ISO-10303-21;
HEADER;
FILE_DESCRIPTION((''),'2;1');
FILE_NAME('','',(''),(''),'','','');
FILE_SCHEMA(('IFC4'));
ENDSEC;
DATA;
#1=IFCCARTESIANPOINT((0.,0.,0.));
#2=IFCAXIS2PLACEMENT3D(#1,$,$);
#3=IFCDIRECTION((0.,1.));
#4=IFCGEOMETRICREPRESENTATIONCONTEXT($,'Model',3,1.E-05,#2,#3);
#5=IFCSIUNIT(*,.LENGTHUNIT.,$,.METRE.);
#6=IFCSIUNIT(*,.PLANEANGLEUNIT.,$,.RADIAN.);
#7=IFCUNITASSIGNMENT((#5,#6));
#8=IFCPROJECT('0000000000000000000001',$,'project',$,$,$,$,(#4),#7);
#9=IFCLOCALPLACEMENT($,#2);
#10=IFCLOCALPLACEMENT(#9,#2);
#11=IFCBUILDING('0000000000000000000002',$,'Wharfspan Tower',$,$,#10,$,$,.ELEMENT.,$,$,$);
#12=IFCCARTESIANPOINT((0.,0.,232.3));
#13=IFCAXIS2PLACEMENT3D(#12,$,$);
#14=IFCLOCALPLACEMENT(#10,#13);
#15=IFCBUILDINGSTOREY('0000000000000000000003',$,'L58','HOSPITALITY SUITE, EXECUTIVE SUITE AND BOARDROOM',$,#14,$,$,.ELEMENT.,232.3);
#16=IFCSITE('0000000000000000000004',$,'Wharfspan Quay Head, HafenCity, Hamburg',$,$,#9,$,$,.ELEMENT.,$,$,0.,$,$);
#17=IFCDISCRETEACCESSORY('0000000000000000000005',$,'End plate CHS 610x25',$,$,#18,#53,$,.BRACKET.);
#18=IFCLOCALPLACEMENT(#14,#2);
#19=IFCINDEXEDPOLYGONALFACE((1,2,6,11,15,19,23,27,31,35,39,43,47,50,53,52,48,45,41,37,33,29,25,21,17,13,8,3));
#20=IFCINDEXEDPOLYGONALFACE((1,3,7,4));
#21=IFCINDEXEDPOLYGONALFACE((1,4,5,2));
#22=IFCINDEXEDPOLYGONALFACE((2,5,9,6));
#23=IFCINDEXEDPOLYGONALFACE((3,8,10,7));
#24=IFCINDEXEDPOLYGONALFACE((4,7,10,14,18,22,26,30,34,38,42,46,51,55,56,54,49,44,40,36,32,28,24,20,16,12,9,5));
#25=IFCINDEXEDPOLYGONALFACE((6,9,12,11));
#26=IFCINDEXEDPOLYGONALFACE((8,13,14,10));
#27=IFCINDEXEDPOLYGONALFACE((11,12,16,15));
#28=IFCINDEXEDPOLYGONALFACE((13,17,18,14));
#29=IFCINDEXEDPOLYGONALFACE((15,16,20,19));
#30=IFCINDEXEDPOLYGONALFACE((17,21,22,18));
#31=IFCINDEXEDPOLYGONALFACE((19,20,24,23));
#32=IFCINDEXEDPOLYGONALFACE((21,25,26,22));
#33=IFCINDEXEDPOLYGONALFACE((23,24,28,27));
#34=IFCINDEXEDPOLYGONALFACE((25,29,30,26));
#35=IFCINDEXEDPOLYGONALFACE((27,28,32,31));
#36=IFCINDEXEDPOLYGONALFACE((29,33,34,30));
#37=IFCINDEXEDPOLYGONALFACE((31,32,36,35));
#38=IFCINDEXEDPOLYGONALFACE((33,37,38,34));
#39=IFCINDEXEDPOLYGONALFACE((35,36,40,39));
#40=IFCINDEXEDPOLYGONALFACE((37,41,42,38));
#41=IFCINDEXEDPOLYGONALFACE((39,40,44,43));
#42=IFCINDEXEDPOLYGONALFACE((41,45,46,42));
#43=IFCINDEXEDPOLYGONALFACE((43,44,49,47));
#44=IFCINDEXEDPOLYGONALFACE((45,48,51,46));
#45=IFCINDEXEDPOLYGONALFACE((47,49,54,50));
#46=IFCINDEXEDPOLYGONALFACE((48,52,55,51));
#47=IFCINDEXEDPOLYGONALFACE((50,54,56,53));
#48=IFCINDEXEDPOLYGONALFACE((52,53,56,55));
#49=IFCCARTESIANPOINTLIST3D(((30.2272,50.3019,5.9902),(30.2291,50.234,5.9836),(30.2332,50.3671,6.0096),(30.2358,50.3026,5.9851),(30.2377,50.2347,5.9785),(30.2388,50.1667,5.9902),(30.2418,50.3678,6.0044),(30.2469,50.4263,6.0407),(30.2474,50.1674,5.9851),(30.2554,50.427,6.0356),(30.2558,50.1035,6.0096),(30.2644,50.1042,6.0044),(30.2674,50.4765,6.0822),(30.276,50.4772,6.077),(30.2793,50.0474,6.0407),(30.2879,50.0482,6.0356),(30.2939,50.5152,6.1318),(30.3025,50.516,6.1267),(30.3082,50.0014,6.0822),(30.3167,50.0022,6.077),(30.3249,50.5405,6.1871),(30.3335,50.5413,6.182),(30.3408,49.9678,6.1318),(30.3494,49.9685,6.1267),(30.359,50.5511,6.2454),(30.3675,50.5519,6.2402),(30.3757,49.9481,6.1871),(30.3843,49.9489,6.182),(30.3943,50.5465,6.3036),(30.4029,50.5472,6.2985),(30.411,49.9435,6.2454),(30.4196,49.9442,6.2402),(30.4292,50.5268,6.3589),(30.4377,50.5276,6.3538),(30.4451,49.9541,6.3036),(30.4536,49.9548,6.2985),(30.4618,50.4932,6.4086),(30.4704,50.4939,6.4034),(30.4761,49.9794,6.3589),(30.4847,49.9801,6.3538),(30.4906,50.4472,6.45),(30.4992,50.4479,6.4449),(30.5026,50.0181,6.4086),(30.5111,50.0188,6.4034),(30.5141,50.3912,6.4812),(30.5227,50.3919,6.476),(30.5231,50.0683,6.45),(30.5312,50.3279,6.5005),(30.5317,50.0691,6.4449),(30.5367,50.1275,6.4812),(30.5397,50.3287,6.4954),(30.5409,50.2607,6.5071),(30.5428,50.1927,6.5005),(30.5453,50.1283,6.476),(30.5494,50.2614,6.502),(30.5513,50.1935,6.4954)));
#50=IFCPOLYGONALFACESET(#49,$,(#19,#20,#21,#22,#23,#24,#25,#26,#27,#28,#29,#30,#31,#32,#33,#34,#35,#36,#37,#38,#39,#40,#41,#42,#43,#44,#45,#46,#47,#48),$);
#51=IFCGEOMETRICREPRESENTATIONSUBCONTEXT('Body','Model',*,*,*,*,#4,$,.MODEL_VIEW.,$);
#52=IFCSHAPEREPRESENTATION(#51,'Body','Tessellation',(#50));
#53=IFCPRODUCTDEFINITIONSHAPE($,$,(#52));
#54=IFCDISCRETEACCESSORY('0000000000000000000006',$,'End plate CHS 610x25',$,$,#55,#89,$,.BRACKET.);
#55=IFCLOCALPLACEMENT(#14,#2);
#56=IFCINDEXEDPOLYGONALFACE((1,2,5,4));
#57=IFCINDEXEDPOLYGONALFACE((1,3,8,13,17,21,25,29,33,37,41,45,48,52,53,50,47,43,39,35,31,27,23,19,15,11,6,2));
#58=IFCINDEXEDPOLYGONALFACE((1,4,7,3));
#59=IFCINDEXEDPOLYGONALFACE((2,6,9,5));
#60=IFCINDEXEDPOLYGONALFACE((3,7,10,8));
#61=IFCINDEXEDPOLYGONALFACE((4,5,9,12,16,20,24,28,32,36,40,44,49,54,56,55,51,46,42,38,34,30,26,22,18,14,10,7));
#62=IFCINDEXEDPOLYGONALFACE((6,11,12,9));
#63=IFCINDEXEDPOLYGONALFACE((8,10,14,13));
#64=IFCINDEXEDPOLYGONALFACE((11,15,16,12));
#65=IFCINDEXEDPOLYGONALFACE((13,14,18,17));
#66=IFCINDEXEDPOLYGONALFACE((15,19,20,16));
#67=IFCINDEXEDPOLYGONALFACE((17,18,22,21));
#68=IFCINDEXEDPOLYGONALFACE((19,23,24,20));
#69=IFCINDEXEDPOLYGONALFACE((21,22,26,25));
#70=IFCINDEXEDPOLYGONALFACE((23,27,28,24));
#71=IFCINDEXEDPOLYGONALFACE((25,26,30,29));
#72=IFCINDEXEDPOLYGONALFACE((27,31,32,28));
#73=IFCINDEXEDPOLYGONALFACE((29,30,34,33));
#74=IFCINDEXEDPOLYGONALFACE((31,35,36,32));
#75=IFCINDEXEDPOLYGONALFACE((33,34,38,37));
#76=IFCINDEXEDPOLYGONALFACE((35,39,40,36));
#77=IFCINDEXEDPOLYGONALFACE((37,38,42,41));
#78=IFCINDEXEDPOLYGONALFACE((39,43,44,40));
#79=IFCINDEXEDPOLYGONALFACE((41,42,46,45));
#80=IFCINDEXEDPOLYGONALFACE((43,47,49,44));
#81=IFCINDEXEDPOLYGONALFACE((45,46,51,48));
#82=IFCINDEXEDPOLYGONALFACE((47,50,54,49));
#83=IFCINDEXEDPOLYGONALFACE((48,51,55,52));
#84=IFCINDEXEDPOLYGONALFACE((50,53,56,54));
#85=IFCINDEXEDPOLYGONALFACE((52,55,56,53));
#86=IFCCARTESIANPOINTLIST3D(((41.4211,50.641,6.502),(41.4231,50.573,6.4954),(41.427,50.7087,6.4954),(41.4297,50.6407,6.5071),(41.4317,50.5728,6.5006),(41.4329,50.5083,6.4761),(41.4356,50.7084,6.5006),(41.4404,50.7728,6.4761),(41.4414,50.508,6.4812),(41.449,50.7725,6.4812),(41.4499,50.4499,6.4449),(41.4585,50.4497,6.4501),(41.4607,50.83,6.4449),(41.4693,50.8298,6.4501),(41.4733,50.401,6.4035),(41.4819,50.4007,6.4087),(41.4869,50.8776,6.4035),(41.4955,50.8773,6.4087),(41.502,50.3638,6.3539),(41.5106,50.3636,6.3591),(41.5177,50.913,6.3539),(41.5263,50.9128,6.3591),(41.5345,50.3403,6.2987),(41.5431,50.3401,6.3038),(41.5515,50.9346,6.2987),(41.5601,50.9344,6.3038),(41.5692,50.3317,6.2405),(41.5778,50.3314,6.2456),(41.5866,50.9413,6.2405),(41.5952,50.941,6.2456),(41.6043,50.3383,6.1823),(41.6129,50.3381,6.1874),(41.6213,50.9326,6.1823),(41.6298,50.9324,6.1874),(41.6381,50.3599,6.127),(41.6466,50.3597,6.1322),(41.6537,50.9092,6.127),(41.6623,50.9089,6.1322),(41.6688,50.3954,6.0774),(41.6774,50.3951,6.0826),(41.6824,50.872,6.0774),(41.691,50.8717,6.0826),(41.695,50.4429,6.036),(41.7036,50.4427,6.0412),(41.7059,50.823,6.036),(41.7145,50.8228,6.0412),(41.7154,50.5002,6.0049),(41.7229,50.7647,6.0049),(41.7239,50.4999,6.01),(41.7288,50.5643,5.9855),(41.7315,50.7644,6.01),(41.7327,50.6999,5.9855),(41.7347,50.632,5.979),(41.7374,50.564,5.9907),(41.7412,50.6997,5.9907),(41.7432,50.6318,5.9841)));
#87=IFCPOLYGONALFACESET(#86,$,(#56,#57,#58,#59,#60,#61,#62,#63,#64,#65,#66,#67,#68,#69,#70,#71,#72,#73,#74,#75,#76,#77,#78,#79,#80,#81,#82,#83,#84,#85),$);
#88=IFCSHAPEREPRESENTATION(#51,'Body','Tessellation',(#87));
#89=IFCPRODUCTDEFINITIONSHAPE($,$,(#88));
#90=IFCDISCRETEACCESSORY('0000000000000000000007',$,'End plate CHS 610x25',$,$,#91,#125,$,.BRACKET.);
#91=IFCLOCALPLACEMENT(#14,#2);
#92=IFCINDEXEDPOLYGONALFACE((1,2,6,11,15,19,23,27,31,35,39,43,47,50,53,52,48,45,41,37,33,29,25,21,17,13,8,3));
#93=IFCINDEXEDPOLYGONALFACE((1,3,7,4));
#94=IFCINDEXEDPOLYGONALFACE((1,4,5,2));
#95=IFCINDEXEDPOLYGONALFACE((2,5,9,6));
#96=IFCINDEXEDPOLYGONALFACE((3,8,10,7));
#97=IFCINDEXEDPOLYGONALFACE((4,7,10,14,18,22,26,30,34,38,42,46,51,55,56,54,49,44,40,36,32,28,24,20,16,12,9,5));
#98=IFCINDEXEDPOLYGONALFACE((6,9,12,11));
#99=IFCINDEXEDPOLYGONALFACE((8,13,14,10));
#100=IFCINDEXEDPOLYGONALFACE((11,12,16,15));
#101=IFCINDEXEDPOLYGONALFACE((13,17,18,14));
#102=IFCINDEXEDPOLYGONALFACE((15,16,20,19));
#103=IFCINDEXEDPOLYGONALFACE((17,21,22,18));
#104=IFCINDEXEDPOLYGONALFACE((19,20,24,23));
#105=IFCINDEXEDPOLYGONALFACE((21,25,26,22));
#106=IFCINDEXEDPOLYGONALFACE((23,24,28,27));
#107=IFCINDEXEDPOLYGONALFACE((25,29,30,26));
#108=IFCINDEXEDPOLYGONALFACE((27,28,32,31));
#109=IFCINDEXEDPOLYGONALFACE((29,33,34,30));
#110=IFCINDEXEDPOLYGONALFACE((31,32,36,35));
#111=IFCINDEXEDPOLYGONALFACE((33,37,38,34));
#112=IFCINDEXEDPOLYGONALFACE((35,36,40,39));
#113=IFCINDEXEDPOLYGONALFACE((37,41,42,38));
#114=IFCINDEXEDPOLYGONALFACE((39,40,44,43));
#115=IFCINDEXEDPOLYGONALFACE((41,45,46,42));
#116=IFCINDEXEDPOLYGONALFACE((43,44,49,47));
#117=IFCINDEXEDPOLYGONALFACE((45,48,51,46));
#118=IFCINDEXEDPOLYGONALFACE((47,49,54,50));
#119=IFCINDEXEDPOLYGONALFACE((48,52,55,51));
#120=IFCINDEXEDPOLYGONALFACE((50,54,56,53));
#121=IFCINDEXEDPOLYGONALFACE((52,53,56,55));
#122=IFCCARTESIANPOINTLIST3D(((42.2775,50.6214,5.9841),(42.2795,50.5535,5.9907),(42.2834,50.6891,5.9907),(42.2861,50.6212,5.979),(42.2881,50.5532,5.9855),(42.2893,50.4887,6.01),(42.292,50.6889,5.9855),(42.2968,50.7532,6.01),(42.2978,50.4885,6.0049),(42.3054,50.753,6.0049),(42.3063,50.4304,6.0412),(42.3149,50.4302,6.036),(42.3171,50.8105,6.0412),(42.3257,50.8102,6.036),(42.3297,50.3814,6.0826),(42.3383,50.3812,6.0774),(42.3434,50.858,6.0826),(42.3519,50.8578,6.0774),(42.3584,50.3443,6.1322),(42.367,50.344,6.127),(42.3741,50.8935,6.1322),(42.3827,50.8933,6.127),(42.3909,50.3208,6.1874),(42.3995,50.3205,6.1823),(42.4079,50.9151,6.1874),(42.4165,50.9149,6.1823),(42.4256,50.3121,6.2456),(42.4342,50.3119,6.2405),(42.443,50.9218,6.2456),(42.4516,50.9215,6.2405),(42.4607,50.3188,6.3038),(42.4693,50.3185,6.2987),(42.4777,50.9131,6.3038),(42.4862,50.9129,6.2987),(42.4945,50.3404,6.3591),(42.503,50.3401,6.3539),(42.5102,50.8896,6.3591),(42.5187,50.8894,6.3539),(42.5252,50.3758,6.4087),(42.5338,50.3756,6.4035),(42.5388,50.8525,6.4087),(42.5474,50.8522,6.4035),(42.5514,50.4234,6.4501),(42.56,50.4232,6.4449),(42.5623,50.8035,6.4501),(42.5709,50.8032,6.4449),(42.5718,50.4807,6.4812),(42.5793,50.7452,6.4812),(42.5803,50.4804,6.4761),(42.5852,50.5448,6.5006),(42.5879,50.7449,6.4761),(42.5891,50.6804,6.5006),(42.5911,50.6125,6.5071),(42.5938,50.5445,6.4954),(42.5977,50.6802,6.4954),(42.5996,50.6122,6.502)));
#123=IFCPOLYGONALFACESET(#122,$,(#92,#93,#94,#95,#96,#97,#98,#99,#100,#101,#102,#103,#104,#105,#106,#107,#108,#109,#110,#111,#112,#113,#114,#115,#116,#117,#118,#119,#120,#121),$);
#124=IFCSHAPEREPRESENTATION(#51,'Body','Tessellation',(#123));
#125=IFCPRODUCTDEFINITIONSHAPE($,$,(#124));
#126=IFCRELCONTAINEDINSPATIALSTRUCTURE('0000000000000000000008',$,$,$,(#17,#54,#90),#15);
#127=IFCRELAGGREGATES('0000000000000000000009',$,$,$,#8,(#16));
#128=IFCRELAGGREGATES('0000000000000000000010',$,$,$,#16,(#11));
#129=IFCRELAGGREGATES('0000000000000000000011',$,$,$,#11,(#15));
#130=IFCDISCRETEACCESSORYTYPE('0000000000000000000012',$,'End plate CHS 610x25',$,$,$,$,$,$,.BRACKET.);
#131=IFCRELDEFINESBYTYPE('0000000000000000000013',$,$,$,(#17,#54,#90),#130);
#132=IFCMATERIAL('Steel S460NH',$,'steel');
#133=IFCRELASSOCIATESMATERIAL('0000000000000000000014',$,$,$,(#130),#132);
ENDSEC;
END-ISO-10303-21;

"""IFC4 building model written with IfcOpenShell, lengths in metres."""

from ifc_helpers import new_model, si_unit, direction, frame, origin, origin_2d, place, context, subcontext, project, spatial, circle, extrude, material, material_profile, profile_set, type_object, element, save


model = new_model("IFC4")

# Units and contexts
model_context = context("Model", 3, precision=1e-05, world=origin(), true_north=direction((0.0, 1.0)))
body_context = subcontext(model_context, "Body", "Model", "MODEL_VIEW")
ifc_project = project(units=[si_unit("LENGTHUNIT", "METRE"), si_unit("PLANEANGLEUNIT", "RADIAN")], contexts=[model_context])

# Site, building, storey
site_placement = place(None, origin())
site = spatial("IfcSite", under=ifc_project, at=site_placement, Name="Wharfspan Quay Head, HafenCity, Hamburg", CompositionType="ELEMENT", RefElevation=0.0)
building_placement = place(site_placement, origin())
building = spatial("IfcBuilding", under=site, at=building_placement, Name="Wharfspan Tower", CompositionType="ELEMENT")
storey_placement = place(building_placement, frame((0.0, 0.0, 232.3)))
storey = spatial("IfcBuildingStorey", under=building, at=storey_placement, Name="L58", Description="HOSPITALITY SUITE, EXECUTIVE SUITE AND BOARDROOM", CompositionType="ELEMENT", Elevation=232.3)

# Shared definitions
ifc_material_1 = material(Name="Steel S460NH", Category="steel")

# Discrete accessories
ifc_material_profile_1 = material_profile(ifc_material_1, circle(Radius=0.3049, at=origin_2d()))
ifc_profile_set_1 = profile_set([ifc_material_profile_1], Name="Steel S460NH")
discrete_accessory_type = type_object("IfcDiscreteAccessoryType", Name="End plate CHS 610x25", PredefinedType="BRACKET", material=ifc_profile_set_1)
for number, where, z_axis, x_axis, name in (
    (1, (30.3936, 50.248, 6.2402), (-0.855186, -0.073302, 0.513112), (0.085402, -0.996345, 0.000001), "End plate CHS 610x25"),
    (2, (41.5779, 50.6365, 6.2405), (0.857236, -0.024492, 0.514341), (0.028558, 0.999591, 0.000002), "End plate CHS 610x25"),
    (3, (42.4429, 50.6167, 6.2405), (-0.857236, 0.024492, 0.514341), (-0.028558, -0.999591, 0.000002), "End plate CHS 610x25"),
):
    element("IfcDiscreteAccessory", number, at=place(storey_placement, frame(where, z_axis=z_axis, x_axis=x_axis)), inside=storey, type_object=discrete_accessory_type, Name=name, PredefinedType="BRACKET", context=body_context, shape_type="SweptSolid", body=[
        extrude(circle(Radius=0.3049, at=origin_2d()), origin(), (0.0, 0.0, 1.0), 0.01),
    ])

save(model, "model.ifc")
